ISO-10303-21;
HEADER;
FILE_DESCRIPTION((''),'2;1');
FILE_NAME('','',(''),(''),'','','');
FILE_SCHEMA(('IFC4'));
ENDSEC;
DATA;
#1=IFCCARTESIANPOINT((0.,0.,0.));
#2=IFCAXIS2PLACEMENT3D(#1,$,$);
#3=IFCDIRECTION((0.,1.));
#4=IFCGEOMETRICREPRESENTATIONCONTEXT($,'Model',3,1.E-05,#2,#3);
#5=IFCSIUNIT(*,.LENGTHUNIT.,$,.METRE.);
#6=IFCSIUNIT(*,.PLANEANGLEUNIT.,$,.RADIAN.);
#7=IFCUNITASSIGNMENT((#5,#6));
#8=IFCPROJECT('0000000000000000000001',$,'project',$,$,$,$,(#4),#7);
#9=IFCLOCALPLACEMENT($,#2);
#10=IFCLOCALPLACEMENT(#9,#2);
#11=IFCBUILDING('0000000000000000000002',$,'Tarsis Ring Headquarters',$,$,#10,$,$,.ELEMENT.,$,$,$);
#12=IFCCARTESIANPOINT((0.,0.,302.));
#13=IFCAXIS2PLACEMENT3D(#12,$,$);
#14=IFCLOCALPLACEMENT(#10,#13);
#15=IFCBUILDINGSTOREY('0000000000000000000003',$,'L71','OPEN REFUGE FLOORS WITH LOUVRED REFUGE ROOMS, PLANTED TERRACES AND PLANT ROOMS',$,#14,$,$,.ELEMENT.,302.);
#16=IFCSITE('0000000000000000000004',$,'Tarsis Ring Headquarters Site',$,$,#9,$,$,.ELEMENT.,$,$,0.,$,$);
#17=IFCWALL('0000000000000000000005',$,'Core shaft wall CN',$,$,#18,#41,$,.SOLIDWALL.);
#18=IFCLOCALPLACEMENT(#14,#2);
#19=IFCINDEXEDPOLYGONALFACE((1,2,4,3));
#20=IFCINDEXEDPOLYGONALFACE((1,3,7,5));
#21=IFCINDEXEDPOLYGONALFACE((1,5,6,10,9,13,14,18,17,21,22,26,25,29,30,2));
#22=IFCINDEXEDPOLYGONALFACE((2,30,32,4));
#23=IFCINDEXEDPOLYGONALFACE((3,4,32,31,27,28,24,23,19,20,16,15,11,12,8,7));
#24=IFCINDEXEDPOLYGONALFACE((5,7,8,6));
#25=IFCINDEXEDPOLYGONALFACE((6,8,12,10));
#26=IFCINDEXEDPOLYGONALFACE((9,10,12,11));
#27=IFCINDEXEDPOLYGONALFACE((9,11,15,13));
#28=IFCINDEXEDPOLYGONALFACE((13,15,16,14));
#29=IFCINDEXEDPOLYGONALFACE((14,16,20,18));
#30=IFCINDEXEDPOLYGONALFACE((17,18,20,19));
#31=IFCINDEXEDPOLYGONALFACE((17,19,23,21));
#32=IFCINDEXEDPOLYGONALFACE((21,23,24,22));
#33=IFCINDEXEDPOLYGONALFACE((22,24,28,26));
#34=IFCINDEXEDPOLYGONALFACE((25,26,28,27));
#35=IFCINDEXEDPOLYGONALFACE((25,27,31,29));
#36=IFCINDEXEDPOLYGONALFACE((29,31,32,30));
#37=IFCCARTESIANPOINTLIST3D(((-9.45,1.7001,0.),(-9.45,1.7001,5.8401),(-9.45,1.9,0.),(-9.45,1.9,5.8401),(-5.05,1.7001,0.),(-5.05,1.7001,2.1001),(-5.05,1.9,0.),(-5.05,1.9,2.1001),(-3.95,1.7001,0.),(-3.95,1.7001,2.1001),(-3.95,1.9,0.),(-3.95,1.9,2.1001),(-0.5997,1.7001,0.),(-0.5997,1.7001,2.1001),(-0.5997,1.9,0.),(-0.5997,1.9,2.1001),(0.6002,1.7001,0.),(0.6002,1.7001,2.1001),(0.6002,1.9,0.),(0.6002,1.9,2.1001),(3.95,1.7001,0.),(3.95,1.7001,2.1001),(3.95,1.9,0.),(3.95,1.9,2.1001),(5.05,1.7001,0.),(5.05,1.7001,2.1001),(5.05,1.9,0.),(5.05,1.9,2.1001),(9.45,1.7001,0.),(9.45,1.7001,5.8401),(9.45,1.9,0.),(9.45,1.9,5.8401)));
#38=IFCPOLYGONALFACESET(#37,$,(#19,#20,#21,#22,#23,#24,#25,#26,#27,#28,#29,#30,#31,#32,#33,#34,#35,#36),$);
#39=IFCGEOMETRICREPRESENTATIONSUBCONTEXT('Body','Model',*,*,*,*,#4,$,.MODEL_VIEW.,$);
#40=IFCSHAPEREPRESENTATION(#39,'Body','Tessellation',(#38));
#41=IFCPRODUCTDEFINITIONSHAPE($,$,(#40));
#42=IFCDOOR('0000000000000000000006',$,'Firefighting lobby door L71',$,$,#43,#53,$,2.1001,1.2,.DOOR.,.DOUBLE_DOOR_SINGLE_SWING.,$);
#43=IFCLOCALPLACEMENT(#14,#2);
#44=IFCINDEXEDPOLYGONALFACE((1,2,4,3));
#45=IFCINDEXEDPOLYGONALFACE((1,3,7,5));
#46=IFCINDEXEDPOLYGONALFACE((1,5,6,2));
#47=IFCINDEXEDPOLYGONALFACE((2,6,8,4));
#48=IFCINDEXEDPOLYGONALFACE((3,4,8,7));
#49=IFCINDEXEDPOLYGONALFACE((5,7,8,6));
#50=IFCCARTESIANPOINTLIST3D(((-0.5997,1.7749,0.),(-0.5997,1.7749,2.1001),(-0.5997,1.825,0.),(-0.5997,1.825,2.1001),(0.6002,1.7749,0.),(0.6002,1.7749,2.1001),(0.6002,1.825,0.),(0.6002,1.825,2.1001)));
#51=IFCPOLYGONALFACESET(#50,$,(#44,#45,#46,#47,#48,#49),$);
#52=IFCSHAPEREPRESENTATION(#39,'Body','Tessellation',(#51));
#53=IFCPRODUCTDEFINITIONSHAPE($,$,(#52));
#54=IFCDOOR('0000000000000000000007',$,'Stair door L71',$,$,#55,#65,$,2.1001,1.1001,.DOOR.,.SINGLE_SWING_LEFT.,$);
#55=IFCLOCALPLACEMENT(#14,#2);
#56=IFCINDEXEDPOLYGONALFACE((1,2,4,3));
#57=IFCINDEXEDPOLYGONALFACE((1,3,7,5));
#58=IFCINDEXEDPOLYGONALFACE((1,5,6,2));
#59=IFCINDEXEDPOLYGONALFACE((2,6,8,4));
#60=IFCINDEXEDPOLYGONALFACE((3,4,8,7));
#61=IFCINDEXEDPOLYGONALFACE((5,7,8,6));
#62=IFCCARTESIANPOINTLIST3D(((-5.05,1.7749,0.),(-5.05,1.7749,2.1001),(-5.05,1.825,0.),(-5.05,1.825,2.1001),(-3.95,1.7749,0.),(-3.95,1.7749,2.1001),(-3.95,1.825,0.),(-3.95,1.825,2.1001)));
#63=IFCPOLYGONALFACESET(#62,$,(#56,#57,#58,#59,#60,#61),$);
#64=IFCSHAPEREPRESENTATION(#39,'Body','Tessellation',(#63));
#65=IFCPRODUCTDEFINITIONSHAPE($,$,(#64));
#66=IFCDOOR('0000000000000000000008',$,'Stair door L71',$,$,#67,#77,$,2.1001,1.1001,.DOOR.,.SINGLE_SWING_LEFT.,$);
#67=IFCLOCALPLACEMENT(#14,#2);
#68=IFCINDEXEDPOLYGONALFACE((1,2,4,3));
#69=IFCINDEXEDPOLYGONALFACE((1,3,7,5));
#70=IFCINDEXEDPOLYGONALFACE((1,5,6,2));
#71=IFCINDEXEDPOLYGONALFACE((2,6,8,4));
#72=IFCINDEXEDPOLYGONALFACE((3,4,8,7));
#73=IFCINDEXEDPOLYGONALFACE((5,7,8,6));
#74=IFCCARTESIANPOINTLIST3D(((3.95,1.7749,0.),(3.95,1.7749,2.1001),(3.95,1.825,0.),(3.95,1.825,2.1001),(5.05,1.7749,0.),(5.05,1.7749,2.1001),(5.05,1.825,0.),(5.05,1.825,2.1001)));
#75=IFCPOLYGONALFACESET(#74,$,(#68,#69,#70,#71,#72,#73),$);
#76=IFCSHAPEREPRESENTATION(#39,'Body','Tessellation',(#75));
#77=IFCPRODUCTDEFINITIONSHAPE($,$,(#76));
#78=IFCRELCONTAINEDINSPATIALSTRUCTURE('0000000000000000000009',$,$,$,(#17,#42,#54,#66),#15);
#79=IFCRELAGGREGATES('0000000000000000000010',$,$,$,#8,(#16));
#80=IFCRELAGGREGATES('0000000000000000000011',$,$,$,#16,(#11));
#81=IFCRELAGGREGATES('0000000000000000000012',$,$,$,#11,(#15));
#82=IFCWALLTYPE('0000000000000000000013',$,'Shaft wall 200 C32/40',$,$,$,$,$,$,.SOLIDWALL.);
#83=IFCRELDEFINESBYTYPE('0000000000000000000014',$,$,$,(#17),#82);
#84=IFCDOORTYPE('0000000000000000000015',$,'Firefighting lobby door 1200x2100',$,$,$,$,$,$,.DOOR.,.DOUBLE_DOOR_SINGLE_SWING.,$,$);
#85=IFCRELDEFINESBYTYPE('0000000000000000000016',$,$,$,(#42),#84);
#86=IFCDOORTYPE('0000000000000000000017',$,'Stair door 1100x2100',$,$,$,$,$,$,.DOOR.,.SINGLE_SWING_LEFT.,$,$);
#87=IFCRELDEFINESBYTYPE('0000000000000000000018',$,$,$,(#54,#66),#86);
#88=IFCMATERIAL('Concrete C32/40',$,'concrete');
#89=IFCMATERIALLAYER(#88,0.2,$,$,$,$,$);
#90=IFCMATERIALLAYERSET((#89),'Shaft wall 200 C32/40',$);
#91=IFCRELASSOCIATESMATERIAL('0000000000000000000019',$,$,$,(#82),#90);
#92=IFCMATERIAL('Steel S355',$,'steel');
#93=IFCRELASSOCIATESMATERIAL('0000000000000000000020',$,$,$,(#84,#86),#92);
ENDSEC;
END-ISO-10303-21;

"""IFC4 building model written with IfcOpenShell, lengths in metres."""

from ifc_helpers import new_model, si_unit, direction, frame, frame_2d, origin, place, context, subcontext, project, spatial, rectangle, extrude, material, layer, layer_set, type_object, element, fill, save


model = new_model("IFC4")

# Units and contexts
model_context = context("Model", 3, precision=1e-05, world=origin(), true_north=direction((0.0, 1.0)))
body_context = subcontext(model_context, "Body", "Model", "MODEL_VIEW")
ifc_project = project(units=[si_unit("LENGTHUNIT", "METRE"), si_unit("PLANEANGLEUNIT", "RADIAN")], contexts=[model_context])

# Site, building, storey
site_placement = place(None, origin())
site = spatial("IfcSite", under=ifc_project, at=site_placement, Name="Tarsis Ring Headquarters Site", CompositionType="ELEMENT", RefElevation=0.0)
building_placement = place(site_placement, origin())
building = spatial("IfcBuilding", under=site, at=building_placement, Name="Tarsis Ring Headquarters", CompositionType="ELEMENT")
storey_placement = place(building_placement, frame((0.0, 0.0, 302.0)))
storey = spatial("IfcBuildingStorey", under=building, at=storey_placement, Name="L71", Description="OPEN REFUGE FLOORS WITH LOUVRED REFUGE ROOMS, PLANTED TERRACES AND PLANT ROOMS", CompositionType="ELEMENT", Elevation=302.0)

# Wall, openings, doors
ifc_material_1 = material(Name="Concrete C32/40", Category="concrete")
ifc_layer_1 = layer(ifc_material_1, 0.2)
ifc_layer_set_1 = layer_set([ifc_layer_1], Name="Shaft wall 200 C32/40")
wall_type_1 = type_object("IfcWallType", Name="Shaft wall 200 C32/40", PredefinedType="SOLIDWALL", material=ifc_layer_set_1)
wall_1_placement = place(storey_placement, frame((-9.45, 1.8, 0.0), z_axis=(0.0, 0.0, 1.0), x_axis=(1.0, 0.0, 0.0)))
wall_1 = element("IfcWall", 1, at=wall_1_placement, inside=storey, type_object=wall_type_1, Name="Core shaft wall CN", PredefinedType="SOLIDWALL", context=body_context, shape_type="SweptSolid", body=[
    extrude(rectangle(XDim=18.8999, YDim=0.2, at=frame_2d((9.45, 0.0))), origin(), (0.0, 0.0, 1.0), 5.8401),
])
opening_1_placement = place(wall_1_placement, frame((4.3999, 0.0, 0.0)))
opening_1 = element("IfcOpeningElement", 2, at=opening_1_placement, cuts=wall_1, PredefinedType="OPENING", context=body_context, shape_type="SweptSolid", body=[
    extrude(rectangle(XDim=1.1001, YDim=2.1001, at=frame_2d((0.55, 1.05))), frame((0.0, 0.1099, 0.0), z_axis=(0.0, -1.0, 0.0), x_axis=(1.0, 0.0, 0.0)), (0.0, 0.0, 1.0), 0.22),
])
opening_2_placement = place(wall_1_placement, frame((8.8501, 0.0, 0.0)))
opening_2 = element("IfcOpeningElement", 3, at=opening_2_placement, cuts=wall_1, PredefinedType="OPENING", context=body_context, shape_type="SweptSolid", body=[
    extrude(rectangle(XDim=1.2, YDim=2.1001, at=frame_2d((0.6001, 1.05))), frame((0.0, 0.1099, 0.0), z_axis=(0.0, -1.0, 0.0), x_axis=(1.0, 0.0, 0.0)), (0.0, 0.0, 1.0), 0.22),
])
opening_3_placement = place(wall_1_placement, frame((13.3999, 0.0, 0.0)))
opening_3 = element("IfcOpeningElement", 4, at=opening_3_placement, cuts=wall_1, PredefinedType="OPENING", context=body_context, shape_type="SweptSolid", body=[
    extrude(rectangle(XDim=1.1001, YDim=2.1001, at=frame_2d((0.55, 1.05))), frame((0.0, 0.1099, 0.0), z_axis=(0.0, -1.0, 0.0), x_axis=(1.0, 0.0, 0.0)), (0.0, 0.0, 1.0), 0.22),
])
ifc_material_2 = material(Name="Steel S355", Category="steel")
door_type_1 = type_object("IfcDoorType", Name="Firefighting lobby door 1200x2100", OperationType="DOUBLE_DOOR_SINGLE_SWING", PredefinedType="DOOR", material=ifc_material_2)
door_1_placement = place(opening_2_placement, origin())
door_1 = element("IfcDoor", 5, at=door_1_placement, inside=storey, type_object=door_type_1, Name="Firefighting lobby door L71", OperationType="DOUBLE_DOOR_SINGLE_SWING", OverallHeight=2.1001, OverallWidth=1.2, PredefinedType="DOOR", context=body_context, shape_type="SweptSolid", body=[
    extrude(rectangle(XDim=1.2, YDim=2.1001, at=frame_2d((0.6001, 1.05))), frame((0.0, 0.0249, 0.0), z_axis=(0.0, -1.0, 0.0), x_axis=(1.0, 0.0, 0.0)), (0.0, 0.0, 1.0), 0.05),
])
fill(opening_2, door_1)
door_type_2 = type_object("IfcDoorType", Name="Stair door 1100x2100", OperationType="SINGLE_SWING_LEFT", PredefinedType="DOOR", material=ifc_material_2)
door_2_placement = place(opening_1_placement, origin())
door_2 = element("IfcDoor", 6, at=door_2_placement, inside=storey, type_object=door_type_2, Name="Stair door L71", OperationType="SINGLE_SWING_LEFT", OverallHeight=2.1001, OverallWidth=1.1001, PredefinedType="DOOR", context=body_context, shape_type="SweptSolid", body=[
    extrude(rectangle(XDim=1.1001, YDim=2.1001, at=frame_2d((0.55, 1.05))), frame((0.0, 0.0249, 0.0), z_axis=(0.0, -1.0, 0.0), x_axis=(1.0, 0.0, 0.0)), (0.0, 0.0, 1.0), 0.05),
])
fill(opening_1, door_2)
door_3_placement = place(opening_3_placement, origin())
door_3 = element("IfcDoor", 7, at=door_3_placement, inside=storey, type_object=door_type_2, Name="Stair door L71", OperationType="SINGLE_SWING_LEFT", OverallHeight=2.1001, OverallWidth=1.1001, PredefinedType="DOOR", context=body_context, shape_type="SweptSolid", body=[
    extrude(rectangle(XDim=1.1001, YDim=2.1001, at=frame_2d((0.55, 1.05))), frame((0.0, 0.0249, 0.0), z_axis=(0.0, -1.0, 0.0), x_axis=(1.0, 0.0, 0.0)), (0.0, 0.0, 1.0), 0.05),
])
fill(opening_3, door_3)

save(model, "model.ifc")
